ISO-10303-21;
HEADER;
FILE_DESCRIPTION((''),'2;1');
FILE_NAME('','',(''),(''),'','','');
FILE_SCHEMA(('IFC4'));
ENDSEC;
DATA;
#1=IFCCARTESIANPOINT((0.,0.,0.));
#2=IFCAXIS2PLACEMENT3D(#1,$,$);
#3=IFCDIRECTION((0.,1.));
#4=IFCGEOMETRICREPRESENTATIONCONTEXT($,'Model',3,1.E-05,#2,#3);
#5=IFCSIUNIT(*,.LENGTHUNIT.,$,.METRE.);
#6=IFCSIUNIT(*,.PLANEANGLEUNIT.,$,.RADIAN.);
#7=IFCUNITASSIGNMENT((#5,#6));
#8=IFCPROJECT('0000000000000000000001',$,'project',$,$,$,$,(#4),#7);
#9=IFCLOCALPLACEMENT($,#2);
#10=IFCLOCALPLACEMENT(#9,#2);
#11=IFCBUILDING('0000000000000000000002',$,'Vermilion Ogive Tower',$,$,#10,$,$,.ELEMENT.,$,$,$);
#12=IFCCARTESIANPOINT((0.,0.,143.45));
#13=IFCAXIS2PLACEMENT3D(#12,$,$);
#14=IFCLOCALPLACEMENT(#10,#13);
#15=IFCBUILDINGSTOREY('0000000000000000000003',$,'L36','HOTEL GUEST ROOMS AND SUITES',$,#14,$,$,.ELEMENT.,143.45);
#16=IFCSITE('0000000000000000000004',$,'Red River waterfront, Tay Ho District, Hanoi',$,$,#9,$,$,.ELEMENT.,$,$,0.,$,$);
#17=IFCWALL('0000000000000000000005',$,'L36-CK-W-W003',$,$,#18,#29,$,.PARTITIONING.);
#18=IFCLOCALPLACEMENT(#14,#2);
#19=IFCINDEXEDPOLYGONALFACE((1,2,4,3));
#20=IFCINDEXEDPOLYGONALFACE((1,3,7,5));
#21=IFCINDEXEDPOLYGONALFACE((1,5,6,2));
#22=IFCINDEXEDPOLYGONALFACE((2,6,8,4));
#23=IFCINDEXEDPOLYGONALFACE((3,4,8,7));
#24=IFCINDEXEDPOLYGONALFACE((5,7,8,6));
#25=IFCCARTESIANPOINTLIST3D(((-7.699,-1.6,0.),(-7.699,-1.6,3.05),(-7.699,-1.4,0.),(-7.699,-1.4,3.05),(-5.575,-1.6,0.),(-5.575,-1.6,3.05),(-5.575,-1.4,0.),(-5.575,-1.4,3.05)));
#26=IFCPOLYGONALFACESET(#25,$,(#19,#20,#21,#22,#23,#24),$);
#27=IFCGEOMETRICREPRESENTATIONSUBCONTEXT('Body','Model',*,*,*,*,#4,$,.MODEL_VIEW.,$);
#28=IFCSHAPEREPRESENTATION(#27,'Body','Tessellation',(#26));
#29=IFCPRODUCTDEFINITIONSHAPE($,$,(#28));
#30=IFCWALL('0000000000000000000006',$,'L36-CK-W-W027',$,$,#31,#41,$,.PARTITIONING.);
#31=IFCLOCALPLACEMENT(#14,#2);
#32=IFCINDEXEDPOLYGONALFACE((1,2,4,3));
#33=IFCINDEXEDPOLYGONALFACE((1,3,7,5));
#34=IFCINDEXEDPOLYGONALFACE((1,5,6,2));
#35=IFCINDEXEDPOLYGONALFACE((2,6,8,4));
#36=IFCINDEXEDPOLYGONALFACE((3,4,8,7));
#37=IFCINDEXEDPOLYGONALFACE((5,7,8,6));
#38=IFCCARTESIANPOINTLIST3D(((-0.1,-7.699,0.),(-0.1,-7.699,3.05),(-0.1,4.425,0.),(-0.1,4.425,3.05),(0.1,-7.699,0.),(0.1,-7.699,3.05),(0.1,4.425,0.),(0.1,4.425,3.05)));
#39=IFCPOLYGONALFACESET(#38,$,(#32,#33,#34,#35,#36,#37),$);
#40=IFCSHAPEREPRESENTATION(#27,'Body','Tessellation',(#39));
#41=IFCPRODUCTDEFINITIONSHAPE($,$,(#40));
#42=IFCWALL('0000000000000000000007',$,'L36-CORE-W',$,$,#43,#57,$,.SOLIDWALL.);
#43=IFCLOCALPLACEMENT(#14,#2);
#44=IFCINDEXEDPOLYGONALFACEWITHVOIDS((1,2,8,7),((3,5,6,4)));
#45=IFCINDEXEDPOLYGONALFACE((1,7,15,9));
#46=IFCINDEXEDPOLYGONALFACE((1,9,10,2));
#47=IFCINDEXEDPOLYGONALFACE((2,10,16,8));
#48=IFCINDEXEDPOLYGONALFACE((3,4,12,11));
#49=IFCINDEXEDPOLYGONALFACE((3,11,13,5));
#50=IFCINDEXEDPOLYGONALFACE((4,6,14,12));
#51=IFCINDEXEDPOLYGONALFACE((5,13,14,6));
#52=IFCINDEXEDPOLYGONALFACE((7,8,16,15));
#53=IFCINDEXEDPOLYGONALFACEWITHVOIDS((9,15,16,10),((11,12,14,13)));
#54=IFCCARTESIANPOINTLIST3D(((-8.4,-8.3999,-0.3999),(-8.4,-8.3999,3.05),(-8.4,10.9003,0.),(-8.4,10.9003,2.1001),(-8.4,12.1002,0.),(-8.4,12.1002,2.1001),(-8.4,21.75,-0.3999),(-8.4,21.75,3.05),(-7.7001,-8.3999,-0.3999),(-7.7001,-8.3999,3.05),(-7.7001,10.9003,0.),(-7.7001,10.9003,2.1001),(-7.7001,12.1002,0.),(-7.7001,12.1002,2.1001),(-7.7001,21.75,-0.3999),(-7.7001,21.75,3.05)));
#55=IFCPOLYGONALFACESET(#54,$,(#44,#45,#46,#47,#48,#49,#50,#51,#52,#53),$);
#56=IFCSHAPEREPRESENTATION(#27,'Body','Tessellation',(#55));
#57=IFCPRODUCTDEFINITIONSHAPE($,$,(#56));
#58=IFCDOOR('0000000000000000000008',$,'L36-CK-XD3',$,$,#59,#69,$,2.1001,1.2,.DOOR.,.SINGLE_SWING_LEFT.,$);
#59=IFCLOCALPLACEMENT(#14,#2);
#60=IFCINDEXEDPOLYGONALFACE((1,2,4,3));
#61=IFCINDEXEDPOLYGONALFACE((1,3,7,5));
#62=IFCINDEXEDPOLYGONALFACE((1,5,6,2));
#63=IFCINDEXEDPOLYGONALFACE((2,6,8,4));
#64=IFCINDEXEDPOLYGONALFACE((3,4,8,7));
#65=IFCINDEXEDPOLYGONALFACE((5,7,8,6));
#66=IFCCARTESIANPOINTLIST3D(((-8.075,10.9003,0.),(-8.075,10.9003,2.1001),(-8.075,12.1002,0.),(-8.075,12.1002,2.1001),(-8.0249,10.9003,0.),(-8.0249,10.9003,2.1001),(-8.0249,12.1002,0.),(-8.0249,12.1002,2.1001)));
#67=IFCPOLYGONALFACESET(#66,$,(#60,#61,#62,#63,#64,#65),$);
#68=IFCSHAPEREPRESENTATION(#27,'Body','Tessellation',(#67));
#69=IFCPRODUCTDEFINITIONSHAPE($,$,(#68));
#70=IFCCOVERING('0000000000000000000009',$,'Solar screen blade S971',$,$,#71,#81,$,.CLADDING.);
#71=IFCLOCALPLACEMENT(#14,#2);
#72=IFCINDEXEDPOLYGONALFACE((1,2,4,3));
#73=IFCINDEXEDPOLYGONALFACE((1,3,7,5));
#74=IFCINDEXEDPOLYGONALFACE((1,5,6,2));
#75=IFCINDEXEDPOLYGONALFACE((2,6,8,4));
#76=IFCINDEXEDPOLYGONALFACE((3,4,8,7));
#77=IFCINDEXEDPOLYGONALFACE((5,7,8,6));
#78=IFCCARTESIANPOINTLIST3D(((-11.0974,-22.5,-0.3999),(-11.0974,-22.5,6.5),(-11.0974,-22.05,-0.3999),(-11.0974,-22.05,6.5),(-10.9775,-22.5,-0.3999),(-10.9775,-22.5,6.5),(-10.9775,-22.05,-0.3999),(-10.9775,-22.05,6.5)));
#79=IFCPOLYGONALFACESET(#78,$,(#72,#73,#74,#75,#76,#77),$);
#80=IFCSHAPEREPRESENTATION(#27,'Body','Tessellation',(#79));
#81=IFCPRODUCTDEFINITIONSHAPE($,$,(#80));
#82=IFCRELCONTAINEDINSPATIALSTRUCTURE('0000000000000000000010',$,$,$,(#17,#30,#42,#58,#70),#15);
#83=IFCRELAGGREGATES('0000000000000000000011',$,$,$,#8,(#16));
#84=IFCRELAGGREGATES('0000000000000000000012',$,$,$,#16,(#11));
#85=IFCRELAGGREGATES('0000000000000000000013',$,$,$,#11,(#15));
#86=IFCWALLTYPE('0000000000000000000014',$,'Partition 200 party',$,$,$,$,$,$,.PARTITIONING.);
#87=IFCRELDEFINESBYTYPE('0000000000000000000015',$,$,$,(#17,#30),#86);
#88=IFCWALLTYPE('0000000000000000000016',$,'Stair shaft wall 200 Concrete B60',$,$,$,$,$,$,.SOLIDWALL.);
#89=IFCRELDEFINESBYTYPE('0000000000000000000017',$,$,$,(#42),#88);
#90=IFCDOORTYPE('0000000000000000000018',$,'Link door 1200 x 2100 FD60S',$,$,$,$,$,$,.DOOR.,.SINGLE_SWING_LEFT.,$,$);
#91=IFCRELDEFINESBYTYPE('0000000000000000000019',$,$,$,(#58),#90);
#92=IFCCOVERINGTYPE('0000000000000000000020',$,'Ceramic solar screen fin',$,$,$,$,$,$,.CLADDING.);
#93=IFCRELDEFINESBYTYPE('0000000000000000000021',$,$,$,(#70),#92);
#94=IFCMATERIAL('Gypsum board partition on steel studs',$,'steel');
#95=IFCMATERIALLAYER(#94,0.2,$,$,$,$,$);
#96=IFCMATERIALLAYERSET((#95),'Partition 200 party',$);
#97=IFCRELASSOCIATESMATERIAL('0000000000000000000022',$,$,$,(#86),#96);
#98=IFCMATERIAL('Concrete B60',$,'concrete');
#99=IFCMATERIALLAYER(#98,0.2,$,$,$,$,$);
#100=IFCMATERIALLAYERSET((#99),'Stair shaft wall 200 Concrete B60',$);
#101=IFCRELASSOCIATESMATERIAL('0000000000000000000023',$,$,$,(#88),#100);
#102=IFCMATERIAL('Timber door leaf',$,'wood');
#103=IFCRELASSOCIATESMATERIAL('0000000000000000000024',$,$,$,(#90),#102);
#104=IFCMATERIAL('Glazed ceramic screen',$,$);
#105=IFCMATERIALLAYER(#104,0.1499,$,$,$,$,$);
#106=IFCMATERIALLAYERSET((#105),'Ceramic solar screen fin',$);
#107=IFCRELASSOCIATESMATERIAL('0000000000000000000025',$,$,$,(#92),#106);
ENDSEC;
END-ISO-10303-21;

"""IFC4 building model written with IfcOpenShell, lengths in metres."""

from ifc_helpers import new_model, si_unit, direction, frame, frame_2d, origin, place, context, subcontext, project, spatial, polyline, rectangle, outline, extrude, material, layer, layer_set, type_object, element, fill, save


model = new_model("IFC4")

# Units and contexts
model_context = context("Model", 3, precision=1e-05, world=origin(), true_north=direction((0.0, 1.0)))
body_context = subcontext(model_context, "Body", "Model", "MODEL_VIEW")
ifc_project = project(units=[si_unit("LENGTHUNIT", "METRE"), si_unit("PLANEANGLEUNIT", "RADIAN")], contexts=[model_context])

# Site, building, storey
site_placement = place(None, origin())
site = spatial("IfcSite", under=ifc_project, at=site_placement, Name="Red River waterfront, Tay Ho District, Hanoi", CompositionType="ELEMENT", RefElevation=0.0)
building_placement = place(site_placement, origin())
building = spatial("IfcBuilding", under=site, at=building_placement, Name="Vermilion Ogive Tower", CompositionType="ELEMENT")
storey_placement = place(building_placement, frame((0.0, 0.0, 143.45)))
storey = spatial("IfcBuildingStorey", under=building, at=storey_placement, Name="L36", Description="HOTEL GUEST ROOMS AND SUITES", CompositionType="ELEMENT", Elevation=143.45)

# Walls
ifc_material_1 = material(Name="Gypsum board partition on steel studs", Category="steel")
ifc_layer_1 = layer(ifc_material_1, 0.2)
ifc_layer_set_1 = layer_set([ifc_layer_1], Name="Partition 200 party")
wall_type_1 = type_object("IfcWallType", Name="Partition 200 party", PredefinedType="PARTITIONING", material=ifc_layer_set_1)
wall_1_placement = place(storey_placement, frame((-7.699, -1.5, 0.0), z_axis=(0.0, 0.0, 1.0), x_axis=(1.0, 0.0, 0.0)))
element("IfcWall", 1, at=wall_1_placement, inside=storey, type_object=wall_type_1, Name="L36-CK-W-W003", PredefinedType="PARTITIONING", context=body_context, shape_type="SweptSolid", body=[
    extrude(rectangle(XDim=2.124, YDim=0.2, at=frame_2d((1.062, 0.0))), origin(), (0.0, 0.0, 1.0), 3.05),
])
wall_2_placement = place(storey_placement, frame((0.0, -7.699, 0.0), z_axis=(0.0, 0.0, 1.0), x_axis=(0.0, 1.0, 0.0)))
element("IfcWall", 2, at=wall_2_placement, inside=storey, type_object=wall_type_1, Name="L36-CK-W-W027", PredefinedType="PARTITIONING", context=body_context, shape_type="SweptSolid", body=[
    extrude(rectangle(XDim=12.124, YDim=0.2, at=frame_2d((6.062, 0.0))), origin(), (0.0, 0.0, 1.0), 3.05),
])

# Wall, opening, door
ifc_material_2 = material(Name="Concrete B60", Category="concrete")
ifc_layer_2 = layer(ifc_material_2, 0.2)
ifc_layer_set_2 = layer_set([ifc_layer_2], Name="Stair shaft wall 200 Concrete B60")
wall_type_2 = type_object("IfcWallType", Name="Stair shaft wall 200 Concrete B60", PredefinedType="SOLIDWALL", material=ifc_layer_set_2)
wall_3_placement = place(storey_placement, frame((-8.05, -8.3999, -0.3999), z_axis=(0.0, 0.0, 1.0), x_axis=(0.0, 1.0, 0.0)))
wall_3 = element("IfcWall", 3, at=wall_3_placement, inside=storey, type_object=wall_type_2, Name="L36-CORE-W", PredefinedType="SOLIDWALL", context=body_context, shape_type="SweptSolid", body=[
    extrude(rectangle(XDim=30.1499, YDim=0.7, at=frame_2d((15.075, 0.0))), origin(), (0.0, 0.0, 1.0), 3.45),
])
opening_1_placement = place(wall_3_placement, frame((19.3, 0.0, 0.3999)))
opening_1 = element("IfcOpeningElement", 4, at=opening_1_placement, cuts=wall_3, PredefinedType="OPENING", context=body_context, shape_type="SweptSolid", body=[
    extrude(rectangle(XDim=1.2, YDim=2.1001, at=frame_2d((0.6001, 1.05))), frame((0.0, 0.3599, 0.0), z_axis=(0.0, -1.0, 0.0), x_axis=(1.0, 0.0, 0.0)), (0.0, 0.0, 1.0), 0.72),
])
ifc_material_3 = material(Name="Timber door leaf", Category="wood")
door_type_1 = type_object("IfcDoorType", Name="Link door 1200 x 2100 FD60S", OperationType="SINGLE_SWING_LEFT", PredefinedType="DOOR", material=ifc_material_3)
door_1_placement = place(opening_1_placement, origin())
door_1 = element("IfcDoor", 5, at=door_1_placement, inside=storey, type_object=door_type_1, Name="L36-CK-XD3", OperationType="SINGLE_SWING_LEFT", OverallHeight=2.1001, OverallWidth=1.2, PredefinedType="DOOR", context=body_context, shape_type="SweptSolid", body=[
    extrude(rectangle(XDim=1.2, YDim=2.1001, at=frame_2d((0.6001, 1.05))), frame((0.0, 0.0249, 0.0), z_axis=(0.0, -1.0, 0.0), x_axis=(1.0, 0.0, 0.0)), (0.0, 0.0, 1.0), 0.05),
])
fill(opening_1, door_1)

# Covering
ifc_material_4 = material(Name="Glazed ceramic screen")
ifc_layer_3 = layer(ifc_material_4, 0.1499)
ifc_layer_set_3 = layer_set([ifc_layer_3], Name="Ceramic solar screen fin")
covering_type = type_object("IfcCoveringType", Name="Ceramic solar screen fin", PredefinedType="CLADDING", material=ifc_layer_set_3)
covering_placement = place(storey_placement, frame((0.0, 0.0, -0.3999)))
element("IfcCovering", 6, at=covering_placement, inside=storey, type_object=covering_type, Name="Solar screen blade S971", PredefinedType="CLADDING", context=body_context, shape_type="SweptSolid", body=[
    extrude(outline(polyline([(-11.0974, -22.5), (-10.9775, -22.5), (-10.9775, -22.05), (-11.0974, -22.05), (-11.0974, -22.5)])), origin(), (0.0, 0.0, 1.0), 6.8999),
])

save(model, "model.ifc")
